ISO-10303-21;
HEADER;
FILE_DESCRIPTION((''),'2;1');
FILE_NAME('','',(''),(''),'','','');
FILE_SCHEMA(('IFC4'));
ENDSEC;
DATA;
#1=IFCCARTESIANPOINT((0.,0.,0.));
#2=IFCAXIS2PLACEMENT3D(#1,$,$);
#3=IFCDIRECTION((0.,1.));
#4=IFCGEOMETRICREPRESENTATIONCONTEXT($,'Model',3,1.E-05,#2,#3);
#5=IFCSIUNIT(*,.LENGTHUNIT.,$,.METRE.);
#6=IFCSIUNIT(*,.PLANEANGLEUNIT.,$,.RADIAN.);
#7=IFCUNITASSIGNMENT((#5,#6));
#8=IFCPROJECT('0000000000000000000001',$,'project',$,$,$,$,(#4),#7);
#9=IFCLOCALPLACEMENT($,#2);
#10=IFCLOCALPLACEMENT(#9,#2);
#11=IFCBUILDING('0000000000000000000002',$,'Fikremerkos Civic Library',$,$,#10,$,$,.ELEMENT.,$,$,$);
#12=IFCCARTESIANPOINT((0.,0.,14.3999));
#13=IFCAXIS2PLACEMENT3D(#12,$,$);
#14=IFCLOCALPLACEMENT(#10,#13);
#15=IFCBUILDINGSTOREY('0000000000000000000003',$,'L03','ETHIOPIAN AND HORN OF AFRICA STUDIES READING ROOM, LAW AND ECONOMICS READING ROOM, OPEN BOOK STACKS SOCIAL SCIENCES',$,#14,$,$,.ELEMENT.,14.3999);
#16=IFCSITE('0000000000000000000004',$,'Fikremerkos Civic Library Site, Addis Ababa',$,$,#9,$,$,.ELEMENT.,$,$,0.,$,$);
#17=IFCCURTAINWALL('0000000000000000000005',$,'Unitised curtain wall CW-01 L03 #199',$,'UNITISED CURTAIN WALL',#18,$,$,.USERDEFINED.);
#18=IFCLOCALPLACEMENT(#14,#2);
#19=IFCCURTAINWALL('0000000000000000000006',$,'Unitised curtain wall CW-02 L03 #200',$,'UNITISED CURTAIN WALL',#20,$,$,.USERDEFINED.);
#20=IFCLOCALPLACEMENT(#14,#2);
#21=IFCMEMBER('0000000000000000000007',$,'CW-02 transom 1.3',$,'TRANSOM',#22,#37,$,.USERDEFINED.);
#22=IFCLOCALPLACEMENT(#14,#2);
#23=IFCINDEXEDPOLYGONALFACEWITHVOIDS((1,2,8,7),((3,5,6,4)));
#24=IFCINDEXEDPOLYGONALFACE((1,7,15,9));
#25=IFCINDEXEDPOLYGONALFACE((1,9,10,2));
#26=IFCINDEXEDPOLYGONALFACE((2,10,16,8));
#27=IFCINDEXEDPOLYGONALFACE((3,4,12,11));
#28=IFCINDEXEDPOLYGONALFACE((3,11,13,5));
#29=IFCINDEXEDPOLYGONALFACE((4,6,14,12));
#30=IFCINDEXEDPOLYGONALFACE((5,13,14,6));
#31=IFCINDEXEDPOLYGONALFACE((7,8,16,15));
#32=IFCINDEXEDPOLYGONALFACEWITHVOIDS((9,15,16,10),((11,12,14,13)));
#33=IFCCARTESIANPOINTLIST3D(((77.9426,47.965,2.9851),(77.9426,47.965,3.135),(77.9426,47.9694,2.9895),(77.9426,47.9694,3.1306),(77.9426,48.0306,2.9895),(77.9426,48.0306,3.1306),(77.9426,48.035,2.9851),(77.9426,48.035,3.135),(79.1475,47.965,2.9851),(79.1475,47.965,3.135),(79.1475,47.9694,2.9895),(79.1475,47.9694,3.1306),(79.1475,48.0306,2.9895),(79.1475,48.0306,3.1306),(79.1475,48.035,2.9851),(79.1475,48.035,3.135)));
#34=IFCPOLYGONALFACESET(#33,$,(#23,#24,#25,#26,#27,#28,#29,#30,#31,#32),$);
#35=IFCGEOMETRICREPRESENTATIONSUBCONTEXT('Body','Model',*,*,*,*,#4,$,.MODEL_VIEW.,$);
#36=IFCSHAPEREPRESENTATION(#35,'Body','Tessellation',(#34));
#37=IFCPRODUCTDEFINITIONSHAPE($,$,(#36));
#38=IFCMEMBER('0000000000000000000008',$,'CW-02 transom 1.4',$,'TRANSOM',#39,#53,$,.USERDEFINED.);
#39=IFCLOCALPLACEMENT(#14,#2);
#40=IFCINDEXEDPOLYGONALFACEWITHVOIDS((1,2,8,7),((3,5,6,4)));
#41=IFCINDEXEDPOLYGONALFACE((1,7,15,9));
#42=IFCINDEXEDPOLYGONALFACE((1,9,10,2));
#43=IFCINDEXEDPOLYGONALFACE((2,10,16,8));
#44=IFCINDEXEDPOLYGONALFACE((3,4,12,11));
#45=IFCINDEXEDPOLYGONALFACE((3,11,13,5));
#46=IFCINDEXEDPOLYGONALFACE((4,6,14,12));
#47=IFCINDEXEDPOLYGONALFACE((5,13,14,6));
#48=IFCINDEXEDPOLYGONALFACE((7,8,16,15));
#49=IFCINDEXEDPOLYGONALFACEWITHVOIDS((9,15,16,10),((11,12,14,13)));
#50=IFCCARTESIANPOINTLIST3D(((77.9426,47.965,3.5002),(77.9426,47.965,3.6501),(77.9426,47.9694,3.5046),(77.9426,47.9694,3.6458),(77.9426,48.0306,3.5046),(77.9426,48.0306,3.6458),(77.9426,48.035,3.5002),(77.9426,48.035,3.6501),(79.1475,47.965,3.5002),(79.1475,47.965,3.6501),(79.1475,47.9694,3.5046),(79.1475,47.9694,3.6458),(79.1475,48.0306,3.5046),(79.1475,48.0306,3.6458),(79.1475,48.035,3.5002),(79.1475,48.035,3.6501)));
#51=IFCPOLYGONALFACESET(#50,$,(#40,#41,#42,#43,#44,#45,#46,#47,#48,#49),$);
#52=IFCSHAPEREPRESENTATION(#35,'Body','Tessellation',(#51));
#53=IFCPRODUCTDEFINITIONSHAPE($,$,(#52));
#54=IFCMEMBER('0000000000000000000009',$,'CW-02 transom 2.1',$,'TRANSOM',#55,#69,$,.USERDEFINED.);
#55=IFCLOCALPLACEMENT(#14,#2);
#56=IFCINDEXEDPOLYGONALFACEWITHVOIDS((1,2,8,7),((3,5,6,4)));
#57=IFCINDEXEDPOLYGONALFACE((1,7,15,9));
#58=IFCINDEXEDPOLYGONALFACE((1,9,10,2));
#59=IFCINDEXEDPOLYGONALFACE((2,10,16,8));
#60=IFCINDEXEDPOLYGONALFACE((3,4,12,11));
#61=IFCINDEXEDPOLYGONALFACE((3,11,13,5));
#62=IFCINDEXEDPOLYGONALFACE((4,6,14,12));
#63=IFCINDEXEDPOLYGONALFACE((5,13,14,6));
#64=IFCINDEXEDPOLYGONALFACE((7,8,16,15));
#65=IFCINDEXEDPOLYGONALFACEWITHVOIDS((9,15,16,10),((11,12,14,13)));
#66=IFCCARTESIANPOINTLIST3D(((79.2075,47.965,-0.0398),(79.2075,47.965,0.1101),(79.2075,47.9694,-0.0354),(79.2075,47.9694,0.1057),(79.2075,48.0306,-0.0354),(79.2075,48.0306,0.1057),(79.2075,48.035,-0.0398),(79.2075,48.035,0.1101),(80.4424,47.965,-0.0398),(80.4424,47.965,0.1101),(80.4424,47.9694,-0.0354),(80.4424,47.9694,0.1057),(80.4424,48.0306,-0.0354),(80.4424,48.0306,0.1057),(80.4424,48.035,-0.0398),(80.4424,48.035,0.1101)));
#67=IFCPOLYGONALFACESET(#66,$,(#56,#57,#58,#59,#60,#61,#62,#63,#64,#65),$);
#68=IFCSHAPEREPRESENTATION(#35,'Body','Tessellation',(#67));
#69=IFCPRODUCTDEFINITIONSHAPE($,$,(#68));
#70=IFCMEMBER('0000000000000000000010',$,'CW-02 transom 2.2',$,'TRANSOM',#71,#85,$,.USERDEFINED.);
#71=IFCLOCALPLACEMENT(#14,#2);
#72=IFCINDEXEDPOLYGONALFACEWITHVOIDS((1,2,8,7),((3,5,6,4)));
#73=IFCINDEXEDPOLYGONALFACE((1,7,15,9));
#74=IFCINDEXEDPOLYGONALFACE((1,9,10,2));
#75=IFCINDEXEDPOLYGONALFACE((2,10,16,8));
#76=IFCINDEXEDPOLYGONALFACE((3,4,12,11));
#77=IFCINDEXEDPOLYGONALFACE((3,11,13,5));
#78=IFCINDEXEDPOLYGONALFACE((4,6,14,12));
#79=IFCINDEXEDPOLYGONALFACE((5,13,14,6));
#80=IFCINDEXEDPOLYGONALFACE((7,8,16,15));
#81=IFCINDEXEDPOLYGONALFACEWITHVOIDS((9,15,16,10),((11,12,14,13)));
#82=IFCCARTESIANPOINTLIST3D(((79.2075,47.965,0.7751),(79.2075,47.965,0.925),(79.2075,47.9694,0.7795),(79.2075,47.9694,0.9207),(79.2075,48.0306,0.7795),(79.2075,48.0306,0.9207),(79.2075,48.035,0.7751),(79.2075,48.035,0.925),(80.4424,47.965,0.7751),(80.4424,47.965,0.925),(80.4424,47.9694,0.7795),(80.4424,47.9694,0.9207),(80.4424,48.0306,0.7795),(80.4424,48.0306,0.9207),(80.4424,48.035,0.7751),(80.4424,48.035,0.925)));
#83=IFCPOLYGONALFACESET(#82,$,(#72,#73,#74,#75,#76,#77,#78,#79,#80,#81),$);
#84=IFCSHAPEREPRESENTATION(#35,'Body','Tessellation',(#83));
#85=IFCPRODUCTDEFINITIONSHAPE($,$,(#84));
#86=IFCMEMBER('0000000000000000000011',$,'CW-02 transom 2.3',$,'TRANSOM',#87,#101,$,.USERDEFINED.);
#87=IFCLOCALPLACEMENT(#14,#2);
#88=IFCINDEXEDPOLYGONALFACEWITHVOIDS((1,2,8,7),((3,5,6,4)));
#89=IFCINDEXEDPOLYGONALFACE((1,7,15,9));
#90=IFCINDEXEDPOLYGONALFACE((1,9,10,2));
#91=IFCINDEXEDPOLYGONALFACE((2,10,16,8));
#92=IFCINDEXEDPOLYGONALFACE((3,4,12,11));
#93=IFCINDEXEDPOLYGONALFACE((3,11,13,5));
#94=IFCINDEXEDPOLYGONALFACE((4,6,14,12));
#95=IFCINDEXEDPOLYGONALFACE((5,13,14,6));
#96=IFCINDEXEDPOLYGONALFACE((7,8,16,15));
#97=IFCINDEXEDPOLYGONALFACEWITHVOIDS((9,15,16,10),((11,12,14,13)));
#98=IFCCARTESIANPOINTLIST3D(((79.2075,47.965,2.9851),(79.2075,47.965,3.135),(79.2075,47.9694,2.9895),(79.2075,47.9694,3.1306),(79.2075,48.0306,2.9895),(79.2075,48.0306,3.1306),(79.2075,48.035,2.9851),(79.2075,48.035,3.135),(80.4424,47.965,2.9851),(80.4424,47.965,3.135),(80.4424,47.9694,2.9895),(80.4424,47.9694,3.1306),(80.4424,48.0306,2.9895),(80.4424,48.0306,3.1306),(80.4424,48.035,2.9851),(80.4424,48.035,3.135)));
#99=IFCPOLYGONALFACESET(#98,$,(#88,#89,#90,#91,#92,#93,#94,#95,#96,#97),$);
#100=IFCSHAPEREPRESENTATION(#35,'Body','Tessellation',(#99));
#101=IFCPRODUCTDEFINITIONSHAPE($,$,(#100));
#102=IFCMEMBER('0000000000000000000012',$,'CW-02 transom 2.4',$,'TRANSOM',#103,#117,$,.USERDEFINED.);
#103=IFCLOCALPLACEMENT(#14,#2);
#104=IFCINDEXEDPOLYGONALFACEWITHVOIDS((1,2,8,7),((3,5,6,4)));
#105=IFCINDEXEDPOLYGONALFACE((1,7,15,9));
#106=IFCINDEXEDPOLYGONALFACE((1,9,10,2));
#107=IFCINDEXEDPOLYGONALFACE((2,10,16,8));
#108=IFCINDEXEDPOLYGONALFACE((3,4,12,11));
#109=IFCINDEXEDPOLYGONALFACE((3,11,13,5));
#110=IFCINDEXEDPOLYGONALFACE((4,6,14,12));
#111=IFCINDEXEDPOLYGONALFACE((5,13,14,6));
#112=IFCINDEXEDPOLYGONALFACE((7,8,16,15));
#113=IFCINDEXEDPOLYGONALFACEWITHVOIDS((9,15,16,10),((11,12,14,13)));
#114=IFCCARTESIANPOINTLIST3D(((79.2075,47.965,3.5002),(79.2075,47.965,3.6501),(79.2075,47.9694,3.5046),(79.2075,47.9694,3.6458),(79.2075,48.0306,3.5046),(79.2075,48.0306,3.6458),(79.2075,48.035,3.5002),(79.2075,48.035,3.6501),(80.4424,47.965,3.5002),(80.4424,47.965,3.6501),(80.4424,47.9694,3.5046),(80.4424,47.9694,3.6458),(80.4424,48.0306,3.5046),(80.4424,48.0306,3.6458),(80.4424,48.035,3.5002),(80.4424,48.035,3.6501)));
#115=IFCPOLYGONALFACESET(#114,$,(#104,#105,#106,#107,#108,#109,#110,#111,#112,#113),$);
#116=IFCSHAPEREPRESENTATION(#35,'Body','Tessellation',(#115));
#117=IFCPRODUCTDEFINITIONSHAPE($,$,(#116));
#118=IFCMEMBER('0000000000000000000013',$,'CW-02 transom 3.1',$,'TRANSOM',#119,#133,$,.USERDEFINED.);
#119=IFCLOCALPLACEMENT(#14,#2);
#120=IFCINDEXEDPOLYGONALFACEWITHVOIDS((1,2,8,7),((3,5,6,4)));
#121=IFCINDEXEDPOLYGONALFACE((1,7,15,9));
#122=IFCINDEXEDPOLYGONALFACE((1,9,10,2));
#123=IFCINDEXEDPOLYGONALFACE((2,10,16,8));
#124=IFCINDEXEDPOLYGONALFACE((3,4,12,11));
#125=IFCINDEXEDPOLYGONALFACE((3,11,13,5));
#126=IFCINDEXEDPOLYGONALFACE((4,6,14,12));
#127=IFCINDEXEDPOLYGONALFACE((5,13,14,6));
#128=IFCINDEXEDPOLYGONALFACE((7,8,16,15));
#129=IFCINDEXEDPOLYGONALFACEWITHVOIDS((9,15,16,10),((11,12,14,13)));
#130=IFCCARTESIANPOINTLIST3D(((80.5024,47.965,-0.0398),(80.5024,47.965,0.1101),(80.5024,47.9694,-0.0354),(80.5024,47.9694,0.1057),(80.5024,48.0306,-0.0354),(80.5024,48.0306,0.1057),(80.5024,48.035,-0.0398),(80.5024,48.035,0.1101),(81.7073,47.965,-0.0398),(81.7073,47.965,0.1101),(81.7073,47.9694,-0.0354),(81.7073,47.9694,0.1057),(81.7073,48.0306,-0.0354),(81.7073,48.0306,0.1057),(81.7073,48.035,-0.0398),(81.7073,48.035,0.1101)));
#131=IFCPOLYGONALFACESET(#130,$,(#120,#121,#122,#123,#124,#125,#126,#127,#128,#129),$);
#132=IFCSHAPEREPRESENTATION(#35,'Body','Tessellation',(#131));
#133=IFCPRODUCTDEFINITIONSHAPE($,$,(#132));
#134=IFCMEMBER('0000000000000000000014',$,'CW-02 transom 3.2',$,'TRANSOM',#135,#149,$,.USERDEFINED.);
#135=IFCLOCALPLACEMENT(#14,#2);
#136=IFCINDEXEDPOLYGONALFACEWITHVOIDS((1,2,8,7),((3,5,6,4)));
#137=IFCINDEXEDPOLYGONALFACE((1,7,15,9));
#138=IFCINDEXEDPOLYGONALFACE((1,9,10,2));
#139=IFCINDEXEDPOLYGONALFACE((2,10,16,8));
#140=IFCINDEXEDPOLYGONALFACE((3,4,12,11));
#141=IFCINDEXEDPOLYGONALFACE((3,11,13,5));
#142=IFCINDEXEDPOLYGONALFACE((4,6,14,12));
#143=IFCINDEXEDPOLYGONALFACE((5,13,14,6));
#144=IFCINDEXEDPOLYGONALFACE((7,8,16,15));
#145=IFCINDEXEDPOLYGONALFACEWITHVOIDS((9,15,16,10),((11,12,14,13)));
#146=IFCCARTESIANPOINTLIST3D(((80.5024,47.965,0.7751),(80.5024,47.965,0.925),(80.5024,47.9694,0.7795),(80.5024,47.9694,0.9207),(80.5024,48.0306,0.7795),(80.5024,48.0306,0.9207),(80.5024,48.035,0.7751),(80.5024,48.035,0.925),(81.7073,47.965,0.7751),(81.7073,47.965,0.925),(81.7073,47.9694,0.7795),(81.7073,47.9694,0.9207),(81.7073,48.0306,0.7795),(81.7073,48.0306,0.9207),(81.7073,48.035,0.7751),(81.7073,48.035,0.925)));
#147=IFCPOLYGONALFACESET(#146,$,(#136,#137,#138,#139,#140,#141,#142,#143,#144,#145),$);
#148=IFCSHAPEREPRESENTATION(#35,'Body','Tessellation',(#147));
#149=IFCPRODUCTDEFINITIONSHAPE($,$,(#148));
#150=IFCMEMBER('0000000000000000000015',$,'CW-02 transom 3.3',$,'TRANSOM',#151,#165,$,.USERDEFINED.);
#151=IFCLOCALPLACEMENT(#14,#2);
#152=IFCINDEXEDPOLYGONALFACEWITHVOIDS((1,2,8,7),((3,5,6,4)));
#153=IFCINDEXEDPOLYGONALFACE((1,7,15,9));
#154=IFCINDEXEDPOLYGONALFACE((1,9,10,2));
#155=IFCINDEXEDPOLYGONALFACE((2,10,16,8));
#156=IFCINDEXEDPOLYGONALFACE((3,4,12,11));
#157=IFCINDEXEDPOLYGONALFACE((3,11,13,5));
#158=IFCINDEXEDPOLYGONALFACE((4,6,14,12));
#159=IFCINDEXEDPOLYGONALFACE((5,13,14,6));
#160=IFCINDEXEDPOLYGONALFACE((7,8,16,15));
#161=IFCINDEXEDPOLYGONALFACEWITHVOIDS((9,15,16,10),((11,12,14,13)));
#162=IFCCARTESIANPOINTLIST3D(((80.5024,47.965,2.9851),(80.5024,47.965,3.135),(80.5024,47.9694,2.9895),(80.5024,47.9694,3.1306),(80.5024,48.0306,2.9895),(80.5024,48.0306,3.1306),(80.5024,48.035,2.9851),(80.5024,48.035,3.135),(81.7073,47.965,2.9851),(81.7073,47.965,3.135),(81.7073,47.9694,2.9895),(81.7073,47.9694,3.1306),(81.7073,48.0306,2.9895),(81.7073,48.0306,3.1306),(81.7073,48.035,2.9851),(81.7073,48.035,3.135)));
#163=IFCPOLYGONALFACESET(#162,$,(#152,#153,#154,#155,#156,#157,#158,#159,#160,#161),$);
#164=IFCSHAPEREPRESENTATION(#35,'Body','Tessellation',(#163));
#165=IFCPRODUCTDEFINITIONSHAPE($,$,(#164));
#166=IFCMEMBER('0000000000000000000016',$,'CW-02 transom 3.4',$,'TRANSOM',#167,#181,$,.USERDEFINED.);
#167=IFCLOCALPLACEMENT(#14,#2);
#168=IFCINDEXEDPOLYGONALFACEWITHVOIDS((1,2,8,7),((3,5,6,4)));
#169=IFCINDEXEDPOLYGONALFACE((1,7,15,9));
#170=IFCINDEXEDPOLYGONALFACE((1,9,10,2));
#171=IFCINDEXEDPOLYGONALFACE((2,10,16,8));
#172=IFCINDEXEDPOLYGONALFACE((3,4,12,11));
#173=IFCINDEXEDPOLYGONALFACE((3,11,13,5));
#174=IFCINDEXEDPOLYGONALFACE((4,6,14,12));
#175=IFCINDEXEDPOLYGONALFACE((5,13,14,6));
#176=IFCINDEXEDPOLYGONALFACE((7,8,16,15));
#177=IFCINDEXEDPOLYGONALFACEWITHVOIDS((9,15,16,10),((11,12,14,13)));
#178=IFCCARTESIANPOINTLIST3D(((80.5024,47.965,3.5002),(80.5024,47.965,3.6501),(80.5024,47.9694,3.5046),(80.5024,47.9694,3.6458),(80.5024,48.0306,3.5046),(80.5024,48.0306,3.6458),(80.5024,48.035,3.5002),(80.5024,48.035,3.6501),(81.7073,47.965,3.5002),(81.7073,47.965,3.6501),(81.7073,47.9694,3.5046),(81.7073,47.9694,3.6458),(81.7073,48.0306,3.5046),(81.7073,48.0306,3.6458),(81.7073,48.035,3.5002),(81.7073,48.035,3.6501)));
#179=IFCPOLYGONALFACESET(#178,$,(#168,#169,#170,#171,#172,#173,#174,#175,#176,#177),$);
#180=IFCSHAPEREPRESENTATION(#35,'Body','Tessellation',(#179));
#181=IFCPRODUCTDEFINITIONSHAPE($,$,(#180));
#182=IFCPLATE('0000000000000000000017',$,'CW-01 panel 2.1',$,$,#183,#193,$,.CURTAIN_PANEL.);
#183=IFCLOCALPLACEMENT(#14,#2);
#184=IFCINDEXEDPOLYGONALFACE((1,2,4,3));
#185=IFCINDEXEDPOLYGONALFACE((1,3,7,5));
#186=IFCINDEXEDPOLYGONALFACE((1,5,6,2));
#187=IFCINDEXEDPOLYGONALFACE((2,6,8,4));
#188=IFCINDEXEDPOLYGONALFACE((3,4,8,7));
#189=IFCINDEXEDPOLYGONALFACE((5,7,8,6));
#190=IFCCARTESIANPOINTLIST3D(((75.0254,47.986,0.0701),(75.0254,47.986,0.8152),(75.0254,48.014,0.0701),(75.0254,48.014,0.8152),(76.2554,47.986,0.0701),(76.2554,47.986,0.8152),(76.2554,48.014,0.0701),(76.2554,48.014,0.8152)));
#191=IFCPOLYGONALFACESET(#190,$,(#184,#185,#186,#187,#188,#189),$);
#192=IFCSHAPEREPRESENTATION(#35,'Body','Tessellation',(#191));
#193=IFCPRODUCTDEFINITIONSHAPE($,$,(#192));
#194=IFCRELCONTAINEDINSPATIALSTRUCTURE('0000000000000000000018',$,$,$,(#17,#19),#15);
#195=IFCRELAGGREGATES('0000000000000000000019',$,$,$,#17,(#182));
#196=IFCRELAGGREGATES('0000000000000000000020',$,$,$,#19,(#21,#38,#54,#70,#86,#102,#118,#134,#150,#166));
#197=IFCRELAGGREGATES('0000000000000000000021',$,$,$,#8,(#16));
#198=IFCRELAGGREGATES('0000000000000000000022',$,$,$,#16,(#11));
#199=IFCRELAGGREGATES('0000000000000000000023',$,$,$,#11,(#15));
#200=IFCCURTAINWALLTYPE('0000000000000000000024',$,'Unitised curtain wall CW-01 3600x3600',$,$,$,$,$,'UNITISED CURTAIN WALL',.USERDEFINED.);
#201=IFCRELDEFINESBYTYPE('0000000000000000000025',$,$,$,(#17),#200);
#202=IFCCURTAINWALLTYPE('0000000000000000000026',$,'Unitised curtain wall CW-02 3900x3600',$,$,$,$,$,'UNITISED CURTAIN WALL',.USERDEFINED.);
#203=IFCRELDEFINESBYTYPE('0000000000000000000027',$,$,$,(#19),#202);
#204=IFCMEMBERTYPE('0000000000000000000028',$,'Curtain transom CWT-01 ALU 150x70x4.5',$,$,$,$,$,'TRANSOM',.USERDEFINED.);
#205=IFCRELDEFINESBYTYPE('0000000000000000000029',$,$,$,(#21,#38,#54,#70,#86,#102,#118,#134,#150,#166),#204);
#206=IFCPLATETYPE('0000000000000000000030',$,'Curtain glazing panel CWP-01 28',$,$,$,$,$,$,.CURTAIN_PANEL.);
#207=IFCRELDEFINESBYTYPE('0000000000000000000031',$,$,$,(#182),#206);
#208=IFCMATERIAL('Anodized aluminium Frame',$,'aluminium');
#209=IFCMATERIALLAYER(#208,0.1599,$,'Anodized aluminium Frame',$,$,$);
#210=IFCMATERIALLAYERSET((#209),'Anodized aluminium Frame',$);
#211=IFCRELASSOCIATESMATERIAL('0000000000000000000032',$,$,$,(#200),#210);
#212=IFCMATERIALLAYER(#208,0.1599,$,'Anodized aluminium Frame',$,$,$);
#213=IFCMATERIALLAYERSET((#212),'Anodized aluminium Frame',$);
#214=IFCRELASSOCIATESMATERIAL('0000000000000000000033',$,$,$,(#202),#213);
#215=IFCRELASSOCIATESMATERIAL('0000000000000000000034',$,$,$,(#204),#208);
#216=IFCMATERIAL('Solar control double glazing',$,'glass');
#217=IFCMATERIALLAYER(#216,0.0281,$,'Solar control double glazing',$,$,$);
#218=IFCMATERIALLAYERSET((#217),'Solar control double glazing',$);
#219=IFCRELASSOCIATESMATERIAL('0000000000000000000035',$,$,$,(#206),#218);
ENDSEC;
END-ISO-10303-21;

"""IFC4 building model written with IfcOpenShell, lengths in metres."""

from ifc_helpers import new_model, si_unit, direction, frame, origin, origin_2d, place, context, subcontext, project, spatial, rectangle, hollow_rectangle, extrude, material, layer, layer_set, material_profile, profile_set, type_object, element, aggregate, save


model = new_model("IFC4")

# Units and contexts
model_context = context("Model", 3, precision=1e-05, world=origin(), true_north=direction((0.0, 1.0)))
body_context = subcontext(model_context, "Body", "Model", "MODEL_VIEW")
ifc_project = project(units=[si_unit("LENGTHUNIT", "METRE"), si_unit("PLANEANGLEUNIT", "RADIAN")], contexts=[model_context])

# Site, building, storey
site_placement = place(None, origin())
site = spatial("IfcSite", under=ifc_project, at=site_placement, Name="Fikremerkos Civic Library Site, Addis Ababa", CompositionType="ELEMENT", RefElevation=0.0)
building_placement = place(site_placement, origin())
building = spatial("IfcBuilding", under=site, at=building_placement, Name="Fikremerkos Civic Library", CompositionType="ELEMENT")
storey_placement = place(building_placement, frame((0.0, 0.0, 14.3999)))
storey = spatial("IfcBuildingStorey", under=building, at=storey_placement, Name="L03", Description="ETHIOPIAN AND HORN OF AFRICA STUDIES READING ROOM, LAW AND ECONOMICS READING ROOM, OPEN BOOK STACKS SOCIAL SCIENCES", CompositionType="ELEMENT", Elevation=14.3999)

# Curtain walls
ifc_material_1 = material(Name="Anodized aluminium Frame", Category="aluminium")
ifc_layer_1 = layer(ifc_material_1, 0.1599, Name="Anodized aluminium Frame")
ifc_layer_set_1 = layer_set([ifc_layer_1], Name="Anodized aluminium Frame")
curtain_wall_type_1 = type_object("IfcCurtainWallType", Name="Unitised curtain wall CW-01 3600x3600", ElementType="UNITISED CURTAIN WALL", PredefinedType="USERDEFINED", material=ifc_layer_set_1)
curtain_wall_1_placement = place(storey_placement, origin())
curtain_wall_1 = element("IfcCurtainWall", 1, at=curtain_wall_1_placement, inside=storey, type_object=curtain_wall_type_1, Name="Unitised curtain wall CW-01 L03 #199", ObjectType="UNITISED CURTAIN WALL", PredefinedType="USERDEFINED")
ifc_layer_2 = layer(ifc_material_1, 0.1599, Name="Anodized aluminium Frame")
ifc_layer_set_2 = layer_set([ifc_layer_2], Name="Anodized aluminium Frame")
curtain_wall_type_2 = type_object("IfcCurtainWallType", Name="Unitised curtain wall CW-02 3900x3600", ElementType="UNITISED CURTAIN WALL", PredefinedType="USERDEFINED", material=ifc_layer_set_2)
curtain_wall_2_placement = place(storey_placement, origin())
curtain_wall_2 = element("IfcCurtainWall", 2, at=curtain_wall_2_placement, inside=storey, type_object=curtain_wall_type_2, Name="Unitised curtain wall CW-02 L03 #200", ObjectType="UNITISED CURTAIN WALL", PredefinedType="USERDEFINED")

# Members
ifc_material_profile_1 = material_profile(ifc_material_1, hollow_rectangle(XDim=0.0701, YDim=0.1499, WallThickness=0.0044, at=origin_2d()), Name="ALU 150x70x4.5")
ifc_profile_set_1 = profile_set([ifc_material_profile_1], Name="Anodized aluminium Frame")
member_type_1 = type_object("IfcMemberType", Name="Curtain transom CWT-01 ALU 150x70x4.5", ElementType="TRANSOM", PredefinedType="USERDEFINED", material=ifc_profile_set_1)
member_1_placement = place(storey_placement, frame((77.9426, 48.0, 3.0601), z_axis=(1.0, 0.0, 0.0), x_axis=(0.0, 1.0, 0.0)))
member_1 = element("IfcMember", 3, at=member_1_placement, type_object=member_type_1, Name="CW-02 transom 1.3", ObjectType="TRANSOM", PredefinedType="USERDEFINED", context=body_context, shape_type="SweptSolid", body=[
    extrude(hollow_rectangle(XDim=0.0701, YDim=0.1499, WallThickness=0.0044, at=origin_2d()), origin(), (0.0, 0.0, 1.0), 1.2048),
])
member_2_placement = place(storey_placement, frame((77.9426, 48.0, 3.5752), z_axis=(1.0, 0.0, 0.0), x_axis=(0.0, 1.0, 0.0)))
member_2 = element("IfcMember", 4, at=member_2_placement, type_object=member_type_1, Name="CW-02 transom 1.4", ObjectType="TRANSOM", PredefinedType="USERDEFINED", context=body_context, shape_type="SweptSolid", body=[
    extrude(hollow_rectangle(XDim=0.0701, YDim=0.1499, WallThickness=0.0044, at=origin_2d()), origin(), (0.0, 0.0, 1.0), 1.2048),
])
member_3_placement = place(storey_placement, frame((79.2075, 48.0, 0.0352), z_axis=(1.0, 0.0, 0.0), x_axis=(0.0, 1.0, 0.0)))
member_3 = element("IfcMember", 5, at=member_3_placement, type_object=member_type_1, Name="CW-02 transom 2.1", ObjectType="TRANSOM", PredefinedType="USERDEFINED", context=body_context, shape_type="SweptSolid", body=[
    extrude(hollow_rectangle(XDim=0.0701, YDim=0.1499, WallThickness=0.0044, at=origin_2d()), origin(), (0.0, 0.0, 1.0), 1.2349),
])
member_4_placement = place(storey_placement, frame((79.2075, 48.0, 0.8501), z_axis=(1.0, 0.0, 0.0), x_axis=(0.0, 1.0, 0.0)))
member_4 = element("IfcMember", 6, at=member_4_placement, type_object=member_type_1, Name="CW-02 transom 2.2", ObjectType="TRANSOM", PredefinedType="USERDEFINED", context=body_context, shape_type="SweptSolid", body=[
    extrude(hollow_rectangle(XDim=0.0701, YDim=0.1499, WallThickness=0.0044, at=origin_2d()), origin(), (0.0, 0.0, 1.0), 1.2349),
])
member_5_placement = place(storey_placement, frame((79.2075, 48.0, 3.0601), z_axis=(1.0, 0.0, 0.0), x_axis=(0.0, 1.0, 0.0)))
member_5 = element("IfcMember", 7, at=member_5_placement, type_object=member_type_1, Name="CW-02 transom 2.3", ObjectType="TRANSOM", PredefinedType="USERDEFINED", context=body_context, shape_type="SweptSolid", body=[
    extrude(hollow_rectangle(XDim=0.0701, YDim=0.1499, WallThickness=0.0044, at=origin_2d()), origin(), (0.0, 0.0, 1.0), 1.2349),
])
member_6_placement = place(storey_placement, frame((79.2075, 48.0, 3.5752), z_axis=(1.0, 0.0, 0.0), x_axis=(0.0, 1.0, 0.0)))
member_6 = element("IfcMember", 8, at=member_6_placement, type_object=member_type_1, Name="CW-02 transom 2.4", ObjectType="TRANSOM", PredefinedType="USERDEFINED", context=body_context, shape_type="SweptSolid", body=[
    extrude(hollow_rectangle(XDim=0.0701, YDim=0.1499, WallThickness=0.0044, at=origin_2d()), origin(), (0.0, 0.0, 1.0), 1.2349),
])
member_7_placement = place(storey_placement, frame((80.5024, 48.0, 0.0352), z_axis=(1.0, 0.0, 0.0), x_axis=(0.0, 1.0, 0.0)))
member_7 = element("IfcMember", 9, at=member_7_placement, type_object=member_type_1, Name="CW-02 transom 3.1", ObjectType="TRANSOM", PredefinedType="USERDEFINED", context=body_context, shape_type="SweptSolid", body=[
    extrude(hollow_rectangle(XDim=0.0701, YDim=0.1499, WallThickness=0.0044, at=origin_2d()), origin(), (0.0, 0.0, 1.0), 1.2048),
])
member_8_placement = place(storey_placement, frame((80.5024, 48.0, 0.8501), z_axis=(1.0, 0.0, 0.0), x_axis=(0.0, 1.0, 0.0)))
member_8 = element("IfcMember", 10, at=member_8_placement, type_object=member_type_1, Name="CW-02 transom 3.2", ObjectType="TRANSOM", PredefinedType="USERDEFINED", context=body_context, shape_type="SweptSolid", body=[
    extrude(hollow_rectangle(XDim=0.0701, YDim=0.1499, WallThickness=0.0044, at=origin_2d()), origin(), (0.0, 0.0, 1.0), 1.2048),
])
member_9_placement = place(storey_placement, frame((80.5024, 48.0, 3.0601), z_axis=(1.0, 0.0, 0.0), x_axis=(0.0, 1.0, 0.0)))
member_9 = element("IfcMember", 11, at=member_9_placement, type_object=member_type_1, Name="CW-02 transom 3.3", ObjectType="TRANSOM", PredefinedType="USERDEFINED", context=body_context, shape_type="SweptSolid", body=[
    extrude(hollow_rectangle(XDim=0.0701, YDim=0.1499, WallThickness=0.0044, at=origin_2d()), origin(), (0.0, 0.0, 1.0), 1.2048),
])
member_10_placement = place(storey_placement, frame((80.5024, 48.0, 3.5752), z_axis=(1.0, 0.0, 0.0), x_axis=(0.0, 1.0, 0.0)))
member_10 = element("IfcMember", 12, at=member_10_placement, type_object=member_type_1, Name="CW-02 transom 3.4", ObjectType="TRANSOM", PredefinedType="USERDEFINED", context=body_context, shape_type="SweptSolid", body=[
    extrude(hollow_rectangle(XDim=0.0701, YDim=0.1499, WallThickness=0.0044, at=origin_2d()), origin(), (0.0, 0.0, 1.0), 1.2048),
])

# Plate
ifc_material_2 = material(Name="Solar control double glazing", Category="glass")
ifc_layer_3 = layer(ifc_material_2, 0.0281, Name="Solar control double glazing")
ifc_layer_set_3 = layer_set([ifc_layer_3], Name="Solar control double glazing")
plate_type_1 = type_object("IfcPlateType", Name="Curtain glazing panel CWP-01 28", PredefinedType="CURTAIN_PANEL", material=ifc_layer_set_3)
plate_1_placement = place(storey_placement, frame((75.6404, 48.0, 0.0701), z_axis=(0.0, 0.0, 1.0), x_axis=(1.0, 0.0, 0.0)))
plate_1 = element("IfcPlate", 13, at=plate_1_placement, type_object=plate_type_1, Name="CW-01 panel 2.1", PredefinedType="CURTAIN_PANEL", context=body_context, shape_type="SweptSolid", body=[
    extrude(rectangle(XDim=1.23, YDim=0.0281, at=origin_2d()), origin(), (0.0, 0.0, 1.0), 0.7451),
])
aggregate(curtain_wall_1, [plate_1])
aggregate(curtain_wall_2, [member_1, member_2, member_3, member_4, member_5, member_6, member_7, member_8, member_9, member_10])

save(model, "model.ifc")
